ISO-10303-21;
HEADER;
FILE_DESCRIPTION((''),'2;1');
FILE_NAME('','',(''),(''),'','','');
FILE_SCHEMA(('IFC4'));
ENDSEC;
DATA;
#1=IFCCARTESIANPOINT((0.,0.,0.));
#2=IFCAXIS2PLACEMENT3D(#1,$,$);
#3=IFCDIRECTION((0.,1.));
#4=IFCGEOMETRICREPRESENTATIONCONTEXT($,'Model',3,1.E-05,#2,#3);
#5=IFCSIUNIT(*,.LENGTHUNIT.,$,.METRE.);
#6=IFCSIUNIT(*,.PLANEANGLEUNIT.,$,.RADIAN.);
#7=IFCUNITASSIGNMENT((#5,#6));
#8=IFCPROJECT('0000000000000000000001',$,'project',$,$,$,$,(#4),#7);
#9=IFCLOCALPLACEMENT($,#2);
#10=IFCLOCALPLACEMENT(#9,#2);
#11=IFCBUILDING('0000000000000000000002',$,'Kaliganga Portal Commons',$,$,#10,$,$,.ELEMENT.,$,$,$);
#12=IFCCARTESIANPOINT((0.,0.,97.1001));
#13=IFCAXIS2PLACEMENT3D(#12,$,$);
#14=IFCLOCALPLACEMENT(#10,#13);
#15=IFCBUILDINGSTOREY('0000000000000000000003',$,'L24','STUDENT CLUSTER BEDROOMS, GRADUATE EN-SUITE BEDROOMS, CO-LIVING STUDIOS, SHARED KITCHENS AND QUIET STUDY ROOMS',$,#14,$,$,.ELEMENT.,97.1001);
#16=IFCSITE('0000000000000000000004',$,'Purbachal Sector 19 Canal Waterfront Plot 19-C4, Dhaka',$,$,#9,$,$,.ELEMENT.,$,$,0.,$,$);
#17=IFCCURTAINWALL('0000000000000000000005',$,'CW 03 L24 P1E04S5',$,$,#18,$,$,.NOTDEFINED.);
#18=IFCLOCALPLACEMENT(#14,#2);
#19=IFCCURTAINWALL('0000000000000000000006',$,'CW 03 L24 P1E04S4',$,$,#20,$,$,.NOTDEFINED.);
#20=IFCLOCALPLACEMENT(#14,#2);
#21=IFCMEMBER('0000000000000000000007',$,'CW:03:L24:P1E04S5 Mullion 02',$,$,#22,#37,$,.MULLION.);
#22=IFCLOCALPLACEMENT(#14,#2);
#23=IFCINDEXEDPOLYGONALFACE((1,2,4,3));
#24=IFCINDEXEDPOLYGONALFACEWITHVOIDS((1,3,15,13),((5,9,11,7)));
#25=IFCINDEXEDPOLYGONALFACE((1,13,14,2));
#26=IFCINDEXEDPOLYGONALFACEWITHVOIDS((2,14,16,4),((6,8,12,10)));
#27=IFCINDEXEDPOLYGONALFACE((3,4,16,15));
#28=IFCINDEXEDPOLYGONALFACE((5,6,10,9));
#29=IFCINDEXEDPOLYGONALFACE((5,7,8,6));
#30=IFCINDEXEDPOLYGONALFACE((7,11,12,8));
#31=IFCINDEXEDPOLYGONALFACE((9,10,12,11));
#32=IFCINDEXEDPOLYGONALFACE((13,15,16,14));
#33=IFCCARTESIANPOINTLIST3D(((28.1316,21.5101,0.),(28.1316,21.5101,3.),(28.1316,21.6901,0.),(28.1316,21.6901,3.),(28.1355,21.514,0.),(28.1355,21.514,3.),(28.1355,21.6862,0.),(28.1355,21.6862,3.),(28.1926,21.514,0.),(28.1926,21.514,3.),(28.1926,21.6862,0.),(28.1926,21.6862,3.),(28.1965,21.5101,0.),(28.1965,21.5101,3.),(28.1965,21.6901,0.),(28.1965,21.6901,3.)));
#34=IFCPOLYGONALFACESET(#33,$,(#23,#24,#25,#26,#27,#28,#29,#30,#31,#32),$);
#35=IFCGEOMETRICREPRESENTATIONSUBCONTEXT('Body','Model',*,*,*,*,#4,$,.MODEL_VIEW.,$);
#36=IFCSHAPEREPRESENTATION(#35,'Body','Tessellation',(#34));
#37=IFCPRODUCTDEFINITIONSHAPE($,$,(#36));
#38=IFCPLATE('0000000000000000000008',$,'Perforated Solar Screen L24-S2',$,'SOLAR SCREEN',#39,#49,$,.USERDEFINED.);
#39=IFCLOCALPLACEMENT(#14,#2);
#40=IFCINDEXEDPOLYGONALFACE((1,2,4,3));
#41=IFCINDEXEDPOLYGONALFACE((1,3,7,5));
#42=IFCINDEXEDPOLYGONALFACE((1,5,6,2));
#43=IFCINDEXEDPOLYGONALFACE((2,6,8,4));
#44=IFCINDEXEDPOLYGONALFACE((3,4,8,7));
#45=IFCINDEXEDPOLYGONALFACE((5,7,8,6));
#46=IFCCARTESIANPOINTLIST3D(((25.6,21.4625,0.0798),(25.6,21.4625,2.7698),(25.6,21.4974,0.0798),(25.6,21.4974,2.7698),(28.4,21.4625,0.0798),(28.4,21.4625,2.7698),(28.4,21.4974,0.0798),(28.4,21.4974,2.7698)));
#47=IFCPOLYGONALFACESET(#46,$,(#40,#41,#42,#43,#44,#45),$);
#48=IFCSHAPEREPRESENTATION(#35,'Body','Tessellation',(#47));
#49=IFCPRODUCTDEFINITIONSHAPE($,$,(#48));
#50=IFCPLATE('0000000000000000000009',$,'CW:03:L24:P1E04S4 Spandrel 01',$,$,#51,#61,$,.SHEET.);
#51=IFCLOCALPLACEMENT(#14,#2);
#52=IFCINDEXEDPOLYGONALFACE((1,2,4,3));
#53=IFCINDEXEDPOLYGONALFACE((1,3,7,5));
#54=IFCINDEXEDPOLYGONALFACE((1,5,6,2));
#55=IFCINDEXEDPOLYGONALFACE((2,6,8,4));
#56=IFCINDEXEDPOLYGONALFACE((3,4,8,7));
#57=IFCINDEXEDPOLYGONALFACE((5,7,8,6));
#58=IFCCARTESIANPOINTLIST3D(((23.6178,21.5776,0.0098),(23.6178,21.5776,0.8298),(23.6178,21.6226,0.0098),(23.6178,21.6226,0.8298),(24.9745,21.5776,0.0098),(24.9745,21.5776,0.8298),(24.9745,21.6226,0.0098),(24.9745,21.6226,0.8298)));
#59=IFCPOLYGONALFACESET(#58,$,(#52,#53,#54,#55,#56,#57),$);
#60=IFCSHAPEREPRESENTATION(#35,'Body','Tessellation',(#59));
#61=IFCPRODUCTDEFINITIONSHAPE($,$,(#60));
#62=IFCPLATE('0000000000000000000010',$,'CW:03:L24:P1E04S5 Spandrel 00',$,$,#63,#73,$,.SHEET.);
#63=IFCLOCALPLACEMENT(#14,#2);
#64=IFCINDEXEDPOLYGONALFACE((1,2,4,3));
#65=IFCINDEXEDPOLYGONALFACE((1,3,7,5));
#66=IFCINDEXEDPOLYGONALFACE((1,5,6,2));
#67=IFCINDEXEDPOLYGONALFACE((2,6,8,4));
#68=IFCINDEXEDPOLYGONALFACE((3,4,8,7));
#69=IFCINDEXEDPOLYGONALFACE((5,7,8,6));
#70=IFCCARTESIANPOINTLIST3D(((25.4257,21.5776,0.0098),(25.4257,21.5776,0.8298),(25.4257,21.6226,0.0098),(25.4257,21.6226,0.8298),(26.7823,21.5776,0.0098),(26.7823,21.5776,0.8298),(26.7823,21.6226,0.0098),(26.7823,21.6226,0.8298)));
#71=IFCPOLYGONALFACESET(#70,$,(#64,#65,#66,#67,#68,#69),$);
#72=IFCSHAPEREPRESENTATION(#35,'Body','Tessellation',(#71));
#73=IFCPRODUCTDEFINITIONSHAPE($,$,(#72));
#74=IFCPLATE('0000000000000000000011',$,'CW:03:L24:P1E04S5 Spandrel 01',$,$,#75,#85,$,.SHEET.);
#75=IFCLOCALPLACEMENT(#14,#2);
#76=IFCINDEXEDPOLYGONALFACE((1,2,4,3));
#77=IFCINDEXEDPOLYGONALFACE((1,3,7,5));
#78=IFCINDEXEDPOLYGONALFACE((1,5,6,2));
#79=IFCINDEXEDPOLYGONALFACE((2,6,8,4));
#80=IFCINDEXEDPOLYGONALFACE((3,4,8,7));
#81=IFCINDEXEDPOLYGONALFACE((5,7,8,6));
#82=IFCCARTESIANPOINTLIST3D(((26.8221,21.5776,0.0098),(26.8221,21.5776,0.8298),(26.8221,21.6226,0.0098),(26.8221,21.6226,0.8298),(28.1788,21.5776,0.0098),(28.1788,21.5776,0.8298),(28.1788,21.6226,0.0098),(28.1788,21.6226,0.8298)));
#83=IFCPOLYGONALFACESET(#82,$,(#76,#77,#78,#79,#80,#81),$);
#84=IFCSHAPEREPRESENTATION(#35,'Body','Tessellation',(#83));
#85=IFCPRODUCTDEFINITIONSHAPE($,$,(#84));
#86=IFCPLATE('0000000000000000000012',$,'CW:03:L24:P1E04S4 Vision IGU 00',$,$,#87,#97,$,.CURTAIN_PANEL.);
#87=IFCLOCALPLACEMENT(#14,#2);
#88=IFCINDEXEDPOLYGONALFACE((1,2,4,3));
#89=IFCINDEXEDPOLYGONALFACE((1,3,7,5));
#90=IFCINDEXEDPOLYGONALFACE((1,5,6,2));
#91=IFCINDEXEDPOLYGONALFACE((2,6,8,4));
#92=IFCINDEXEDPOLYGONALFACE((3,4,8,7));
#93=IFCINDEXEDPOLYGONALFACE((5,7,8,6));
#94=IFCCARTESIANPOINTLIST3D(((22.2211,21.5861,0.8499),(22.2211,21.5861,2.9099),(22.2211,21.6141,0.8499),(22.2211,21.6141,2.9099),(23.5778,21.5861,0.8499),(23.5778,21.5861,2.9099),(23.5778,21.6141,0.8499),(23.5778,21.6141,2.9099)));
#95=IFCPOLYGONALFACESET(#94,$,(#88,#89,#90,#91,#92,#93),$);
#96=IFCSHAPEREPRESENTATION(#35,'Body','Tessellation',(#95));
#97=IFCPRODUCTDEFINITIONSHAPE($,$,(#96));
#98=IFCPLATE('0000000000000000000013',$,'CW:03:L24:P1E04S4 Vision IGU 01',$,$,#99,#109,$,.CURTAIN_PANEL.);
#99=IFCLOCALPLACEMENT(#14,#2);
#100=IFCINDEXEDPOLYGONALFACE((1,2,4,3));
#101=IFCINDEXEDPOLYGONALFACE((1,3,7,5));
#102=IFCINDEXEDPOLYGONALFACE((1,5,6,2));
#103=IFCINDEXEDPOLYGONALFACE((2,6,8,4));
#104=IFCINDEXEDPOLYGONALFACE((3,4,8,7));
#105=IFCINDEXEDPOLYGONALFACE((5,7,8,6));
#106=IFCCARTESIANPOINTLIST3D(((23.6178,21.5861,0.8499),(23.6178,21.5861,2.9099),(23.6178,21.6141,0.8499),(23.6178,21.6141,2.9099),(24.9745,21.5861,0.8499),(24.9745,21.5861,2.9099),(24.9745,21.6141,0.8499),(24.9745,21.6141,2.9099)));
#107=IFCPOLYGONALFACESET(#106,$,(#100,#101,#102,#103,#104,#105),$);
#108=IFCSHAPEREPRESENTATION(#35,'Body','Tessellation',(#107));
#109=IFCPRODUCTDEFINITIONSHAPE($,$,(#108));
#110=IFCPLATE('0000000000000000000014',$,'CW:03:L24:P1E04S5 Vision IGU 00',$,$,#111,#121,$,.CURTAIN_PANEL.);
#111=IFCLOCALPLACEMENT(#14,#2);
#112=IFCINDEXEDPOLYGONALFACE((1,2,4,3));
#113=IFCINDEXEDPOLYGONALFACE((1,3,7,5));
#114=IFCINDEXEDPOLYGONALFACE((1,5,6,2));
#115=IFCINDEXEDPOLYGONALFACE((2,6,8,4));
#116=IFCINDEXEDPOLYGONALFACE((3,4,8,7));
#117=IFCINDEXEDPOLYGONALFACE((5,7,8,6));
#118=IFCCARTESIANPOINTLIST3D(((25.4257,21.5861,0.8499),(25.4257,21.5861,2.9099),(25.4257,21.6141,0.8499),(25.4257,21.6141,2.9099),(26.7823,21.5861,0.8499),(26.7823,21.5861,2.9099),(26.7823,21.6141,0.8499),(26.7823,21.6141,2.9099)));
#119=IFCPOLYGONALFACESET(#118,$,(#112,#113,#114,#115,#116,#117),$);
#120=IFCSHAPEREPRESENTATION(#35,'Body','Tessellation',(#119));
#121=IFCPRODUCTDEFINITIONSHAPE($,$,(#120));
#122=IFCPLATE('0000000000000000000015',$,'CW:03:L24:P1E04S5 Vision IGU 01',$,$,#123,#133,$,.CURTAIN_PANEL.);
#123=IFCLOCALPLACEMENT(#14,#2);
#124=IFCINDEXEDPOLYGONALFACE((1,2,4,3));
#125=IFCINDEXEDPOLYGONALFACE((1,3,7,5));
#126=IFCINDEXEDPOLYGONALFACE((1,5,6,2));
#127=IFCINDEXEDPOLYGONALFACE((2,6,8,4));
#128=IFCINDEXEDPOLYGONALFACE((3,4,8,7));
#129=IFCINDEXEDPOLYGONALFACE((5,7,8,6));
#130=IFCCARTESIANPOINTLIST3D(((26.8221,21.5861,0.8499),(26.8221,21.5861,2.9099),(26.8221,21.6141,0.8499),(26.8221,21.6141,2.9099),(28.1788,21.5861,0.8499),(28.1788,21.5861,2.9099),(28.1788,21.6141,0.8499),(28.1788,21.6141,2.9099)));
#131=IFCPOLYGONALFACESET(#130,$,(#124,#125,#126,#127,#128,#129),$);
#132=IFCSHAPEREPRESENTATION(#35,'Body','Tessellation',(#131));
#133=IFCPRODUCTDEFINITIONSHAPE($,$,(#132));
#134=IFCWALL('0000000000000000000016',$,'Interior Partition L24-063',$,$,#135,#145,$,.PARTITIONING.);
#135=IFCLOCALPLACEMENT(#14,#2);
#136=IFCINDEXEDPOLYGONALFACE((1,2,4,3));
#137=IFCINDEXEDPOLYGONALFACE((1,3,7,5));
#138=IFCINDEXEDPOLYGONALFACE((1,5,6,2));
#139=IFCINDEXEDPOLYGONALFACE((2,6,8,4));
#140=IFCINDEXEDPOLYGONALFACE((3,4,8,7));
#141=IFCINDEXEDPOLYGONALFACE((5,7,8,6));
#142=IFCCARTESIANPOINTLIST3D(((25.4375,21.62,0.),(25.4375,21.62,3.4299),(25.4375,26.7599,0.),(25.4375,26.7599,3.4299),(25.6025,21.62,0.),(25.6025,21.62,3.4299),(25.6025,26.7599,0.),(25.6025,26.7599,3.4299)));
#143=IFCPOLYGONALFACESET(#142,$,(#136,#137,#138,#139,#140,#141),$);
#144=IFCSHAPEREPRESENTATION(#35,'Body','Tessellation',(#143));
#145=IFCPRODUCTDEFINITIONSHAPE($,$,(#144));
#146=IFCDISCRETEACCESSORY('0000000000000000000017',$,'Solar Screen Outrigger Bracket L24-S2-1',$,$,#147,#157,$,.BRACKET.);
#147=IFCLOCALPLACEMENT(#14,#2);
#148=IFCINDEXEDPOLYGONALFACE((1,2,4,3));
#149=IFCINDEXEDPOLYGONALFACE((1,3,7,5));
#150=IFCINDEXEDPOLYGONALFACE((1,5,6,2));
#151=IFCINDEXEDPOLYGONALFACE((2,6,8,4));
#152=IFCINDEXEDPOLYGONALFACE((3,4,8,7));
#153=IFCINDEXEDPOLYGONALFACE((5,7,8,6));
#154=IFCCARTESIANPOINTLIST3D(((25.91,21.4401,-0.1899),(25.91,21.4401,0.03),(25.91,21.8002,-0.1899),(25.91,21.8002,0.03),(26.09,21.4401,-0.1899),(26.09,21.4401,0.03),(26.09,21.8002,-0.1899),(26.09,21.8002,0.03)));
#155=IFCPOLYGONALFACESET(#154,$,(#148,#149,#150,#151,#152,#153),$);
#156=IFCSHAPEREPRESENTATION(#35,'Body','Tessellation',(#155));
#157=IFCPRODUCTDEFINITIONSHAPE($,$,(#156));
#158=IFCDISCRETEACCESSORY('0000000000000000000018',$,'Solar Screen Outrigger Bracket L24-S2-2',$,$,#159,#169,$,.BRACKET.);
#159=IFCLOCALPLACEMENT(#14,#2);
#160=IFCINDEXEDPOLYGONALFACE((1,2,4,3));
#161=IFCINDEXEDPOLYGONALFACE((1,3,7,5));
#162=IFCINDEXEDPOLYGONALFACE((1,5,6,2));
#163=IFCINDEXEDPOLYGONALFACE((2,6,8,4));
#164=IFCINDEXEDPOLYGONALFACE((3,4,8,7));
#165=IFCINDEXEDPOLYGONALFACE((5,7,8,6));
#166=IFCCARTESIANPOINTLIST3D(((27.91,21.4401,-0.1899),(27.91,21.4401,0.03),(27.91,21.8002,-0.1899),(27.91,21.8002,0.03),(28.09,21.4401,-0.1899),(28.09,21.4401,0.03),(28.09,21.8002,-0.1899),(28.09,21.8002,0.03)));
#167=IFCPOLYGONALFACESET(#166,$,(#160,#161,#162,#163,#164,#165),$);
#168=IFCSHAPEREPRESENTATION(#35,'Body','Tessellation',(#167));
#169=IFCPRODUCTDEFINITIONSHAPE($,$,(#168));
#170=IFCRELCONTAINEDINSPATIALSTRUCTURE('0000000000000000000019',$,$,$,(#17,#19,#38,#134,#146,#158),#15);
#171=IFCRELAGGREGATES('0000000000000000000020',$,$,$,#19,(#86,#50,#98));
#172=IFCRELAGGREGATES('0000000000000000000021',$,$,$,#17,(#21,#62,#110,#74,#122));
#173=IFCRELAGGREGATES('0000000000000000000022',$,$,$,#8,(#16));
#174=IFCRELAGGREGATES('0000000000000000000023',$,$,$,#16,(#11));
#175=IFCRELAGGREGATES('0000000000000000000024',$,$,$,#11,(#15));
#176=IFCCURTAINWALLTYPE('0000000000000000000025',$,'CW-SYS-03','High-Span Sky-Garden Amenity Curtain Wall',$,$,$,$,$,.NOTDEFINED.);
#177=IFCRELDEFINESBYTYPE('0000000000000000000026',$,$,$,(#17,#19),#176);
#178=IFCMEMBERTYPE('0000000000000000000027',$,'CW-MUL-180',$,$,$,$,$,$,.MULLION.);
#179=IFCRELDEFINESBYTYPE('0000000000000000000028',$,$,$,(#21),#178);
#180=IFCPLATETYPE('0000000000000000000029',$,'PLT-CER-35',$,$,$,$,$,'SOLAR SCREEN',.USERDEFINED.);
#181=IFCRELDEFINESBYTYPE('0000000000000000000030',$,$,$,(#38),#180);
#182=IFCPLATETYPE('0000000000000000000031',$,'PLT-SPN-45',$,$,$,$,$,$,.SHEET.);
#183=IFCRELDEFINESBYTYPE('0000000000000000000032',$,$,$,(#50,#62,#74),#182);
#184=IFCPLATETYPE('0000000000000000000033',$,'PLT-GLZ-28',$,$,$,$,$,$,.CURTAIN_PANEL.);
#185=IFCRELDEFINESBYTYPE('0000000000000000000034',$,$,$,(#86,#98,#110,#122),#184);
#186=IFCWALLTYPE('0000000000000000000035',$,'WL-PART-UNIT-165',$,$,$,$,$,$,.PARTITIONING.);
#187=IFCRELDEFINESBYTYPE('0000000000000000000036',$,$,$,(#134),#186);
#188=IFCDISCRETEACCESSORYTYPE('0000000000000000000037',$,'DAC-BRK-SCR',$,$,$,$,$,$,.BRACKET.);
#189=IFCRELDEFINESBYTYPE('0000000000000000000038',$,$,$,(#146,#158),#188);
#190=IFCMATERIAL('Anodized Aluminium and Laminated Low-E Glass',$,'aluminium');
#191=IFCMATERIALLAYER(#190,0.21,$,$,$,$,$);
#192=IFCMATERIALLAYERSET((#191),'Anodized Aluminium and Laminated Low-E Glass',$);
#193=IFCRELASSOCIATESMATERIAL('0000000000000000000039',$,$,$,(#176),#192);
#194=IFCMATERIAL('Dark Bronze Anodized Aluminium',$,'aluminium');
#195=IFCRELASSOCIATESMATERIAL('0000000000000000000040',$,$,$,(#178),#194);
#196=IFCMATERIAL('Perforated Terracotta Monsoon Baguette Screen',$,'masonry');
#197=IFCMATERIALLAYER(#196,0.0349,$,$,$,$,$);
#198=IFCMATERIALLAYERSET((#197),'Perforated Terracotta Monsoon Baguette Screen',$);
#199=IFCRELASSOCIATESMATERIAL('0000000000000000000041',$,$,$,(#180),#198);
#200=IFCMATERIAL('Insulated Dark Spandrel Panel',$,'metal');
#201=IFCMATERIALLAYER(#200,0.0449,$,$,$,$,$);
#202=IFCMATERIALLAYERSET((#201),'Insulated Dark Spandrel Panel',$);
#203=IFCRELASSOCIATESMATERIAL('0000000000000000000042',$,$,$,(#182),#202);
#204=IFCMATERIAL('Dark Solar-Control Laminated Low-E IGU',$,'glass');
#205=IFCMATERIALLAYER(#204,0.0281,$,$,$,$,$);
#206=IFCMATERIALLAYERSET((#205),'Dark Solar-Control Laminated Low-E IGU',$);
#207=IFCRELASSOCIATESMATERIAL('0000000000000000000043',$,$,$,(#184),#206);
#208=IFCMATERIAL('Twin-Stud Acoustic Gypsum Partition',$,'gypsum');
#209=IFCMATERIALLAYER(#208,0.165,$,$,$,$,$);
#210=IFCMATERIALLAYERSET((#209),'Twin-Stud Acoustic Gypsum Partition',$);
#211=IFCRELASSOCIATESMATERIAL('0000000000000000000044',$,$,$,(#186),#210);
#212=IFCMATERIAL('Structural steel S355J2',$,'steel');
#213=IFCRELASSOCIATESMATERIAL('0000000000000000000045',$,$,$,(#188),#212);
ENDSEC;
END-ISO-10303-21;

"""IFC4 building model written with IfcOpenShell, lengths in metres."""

from ifc_helpers import new_model, si_unit, direction, frame, frame_2d, origin, origin_2d, place, context, subcontext, project, spatial, rectangle, hollow_rectangle, extrude, source, transform, mapped, material, layer, layer_set, material_profile, profile_set, type_object, element, aggregate, save


model = new_model("IFC4")

# Units and contexts
model_context = context("Model", 3, precision=1e-05, world=origin(), true_north=direction((0.0, 1.0)))
body_context = subcontext(model_context, "Body", "Model", "MODEL_VIEW")
ifc_project = project(units=[si_unit("LENGTHUNIT", "METRE"), si_unit("PLANEANGLEUNIT", "RADIAN")], contexts=[model_context])

# Site, building, storey
site_placement = place(None, origin())
site = spatial("IfcSite", under=ifc_project, at=site_placement, Name="Purbachal Sector 19 Canal Waterfront Plot 19-C4, Dhaka", CompositionType="ELEMENT", RefElevation=0.0)
building_placement = place(site_placement, origin())
building = spatial("IfcBuilding", under=site, at=building_placement, Name="Kaliganga Portal Commons", CompositionType="ELEMENT")
storey_placement = place(building_placement, frame((0.0, 0.0, 97.1001)))
storey = spatial("IfcBuildingStorey", under=building, at=storey_placement, Name="L24", Description="STUDENT CLUSTER BEDROOMS, GRADUATE EN-SUITE BEDROOMS, CO-LIVING STUDIOS, SHARED KITCHENS AND QUIET STUDY ROOMS", CompositionType="ELEMENT", Elevation=97.1001)

# Shared definitions
ifc_material_1 = material(Name="Structural steel S355J2", Category="steel")

# Curtain walls
ifc_material_2 = material(Name="Anodized Aluminium and Laminated Low-E Glass", Category="aluminium")
ifc_layer_1 = layer(ifc_material_2, 0.21)
ifc_layer_set_1 = layer_set([ifc_layer_1], Name="Anodized Aluminium and Laminated Low-E Glass")
curtain_wall_type = type_object("IfcCurtainWallType", Name="CW-SYS-03", Description="High-Span Sky-Garden Amenity Curtain Wall", PredefinedType="NOTDEFINED", material=ifc_layer_set_1)
curtain_wall_1_placement = place(storey_placement, origin())
curtain_wall_1 = element("IfcCurtainWall", 1, at=curtain_wall_1_placement, inside=storey, type_object=curtain_wall_type, Name="CW 03 L24 P1E04S5", PredefinedType="NOTDEFINED")
ifc_material_3 = material(Name="Dark Bronze Anodized Aluminium", Category="aluminium")
curtain_wall_2_placement = place(storey_placement, origin())
curtain_wall_2 = element("IfcCurtainWall", 2, at=curtain_wall_2_placement, inside=storey, type_object=curtain_wall_type, Name="CW 03 L24 P1E04S4", PredefinedType="NOTDEFINED")
ifc_material_profile_1 = material_profile(ifc_material_3, hollow_rectangle(XDim=0.0649, YDim=0.1799, WallThickness=0.0039, at=origin_2d()), Name="ALU MULL 65x180x4")
ifc_profile_set_1 = profile_set([ifc_material_profile_1], Name="Dark Bronze Anodized Aluminium")
member_type_1 = type_object("IfcMemberType", Name="CW-MUL-180", PredefinedType="MULLION", material=ifc_profile_set_1)
shared_shape_1 = source(origin(), body_context, "Body", "SweptSolid", [
    extrude(hollow_rectangle(XDim=0.0649, YDim=0.1799, WallThickness=0.0039, at=origin_2d()), origin(), (0.0, 0.0, 1.0), 3.0),
])

# Member
member_1_placement = place(storey_placement, frame((28.1641, 21.6001, 0.0), z_axis=(0.0, 0.0, 1.0), x_axis=(1.0, 0.0, 0.0)))
member_1 = element("IfcMember", 3, at=member_1_placement, type_object=member_type_1, Name="CW:03:L24:P1E04S5 Mullion 02", PredefinedType="MULLION", context=body_context, shape_type="MappedRepresentation", body=[
    mapped(shared_shape_1, transform((0.0, 0.0, 0.0), x_axis=(1.0, 0.0, 0.0), y_axis=(0.0, 1.0, 0.0), z_axis=(0.0, 0.0, 1.0), scale=1.0)),
])

# Plates
ifc_material_4 = material(Name="Perforated Terracotta Monsoon Baguette Screen", Category="masonry")
ifc_layer_2 = layer(ifc_material_4, 0.0349)
ifc_layer_set_2 = layer_set([ifc_layer_2], Name="Perforated Terracotta Monsoon Baguette Screen")
plate_type_1 = type_object("IfcPlateType", Name="PLT-CER-35", ElementType="SOLAR SCREEN", PredefinedType="USERDEFINED", material=ifc_layer_set_2)
shared_shape_2 = source(origin(), body_context, "Body", "SweptSolid", [
    extrude(rectangle(XDim=2.8, YDim=0.0349, at=origin_2d()), origin(), (0.0, 0.0, 1.0), 2.6899),
])
plate_1_placement = place(storey_placement, frame((27.0, 21.48, 0.0798), z_axis=(0.0, 0.0, 1.0), x_axis=(1.0, 0.0, 0.0)))
element("IfcPlate", 4, at=plate_1_placement, inside=storey, type_object=plate_type_1, Name="Perforated Solar Screen L24-S2", ObjectType="SOLAR SCREEN", PredefinedType="USERDEFINED", context=body_context, shape_type="MappedRepresentation", body=[
    mapped(shared_shape_2, transform((0.0, 0.0, 0.0), x_axis=(1.0, 0.0, 0.0), y_axis=(0.0, 1.0, 0.0), z_axis=(0.0, 0.0, 1.0), scale=1.0)),
])
ifc_material_5 = material(Name="Insulated Dark Spandrel Panel", Category="metal")
ifc_layer_3 = layer(ifc_material_5, 0.0449)
ifc_layer_set_3 = layer_set([ifc_layer_3], Name="Insulated Dark Spandrel Panel")
plate_type_2 = type_object("IfcPlateType", Name="PLT-SPN-45", PredefinedType="SHEET", material=ifc_layer_set_3)
shared_shape_3 = source(origin(), body_context, "Body", "SweptSolid", [
    extrude(rectangle(XDim=1.3567, YDim=0.0449, at=origin_2d()), origin(), (0.0, 0.0, 1.0), 0.8201),
])
plate_2_placement = place(storey_placement, frame((24.2961, 21.6001, 0.0098), z_axis=(0.0, 0.0, 1.0), x_axis=(1.0, 0.0, 0.0)))
plate_2 = element("IfcPlate", 5, at=plate_2_placement, type_object=plate_type_2, Name="CW:03:L24:P1E04S4 Spandrel 01", PredefinedType="SHEET", context=body_context, shape_type="MappedRepresentation", body=[
    mapped(shared_shape_3, transform((0.0, 0.0, 0.0), x_axis=(1.0, 0.0, 0.0), y_axis=(0.0, 1.0, 0.0), z_axis=(0.0, 0.0, 1.0), scale=1.0)),
])
plate_3_placement = place(storey_placement, frame((26.104, 21.6001, 0.0098), z_axis=(0.0, 0.0, 1.0), x_axis=(1.0, 0.0, 0.0)))
plate_3 = element("IfcPlate", 6, at=plate_3_placement, type_object=plate_type_2, Name="CW:03:L24:P1E04S5 Spandrel 00", PredefinedType="SHEET", context=body_context, shape_type="MappedRepresentation", body=[
    mapped(shared_shape_3, transform((0.0, 0.0, 0.0), x_axis=(1.0, 0.0, 0.0), y_axis=(0.0, 1.0, 0.0), z_axis=(0.0, 0.0, 1.0), scale=1.0)),
])
plate_4_placement = place(storey_placement, frame((27.5005, 21.6001, 0.0098), z_axis=(0.0, 0.0, 1.0), x_axis=(1.0, 0.0, 0.0)))
plate_4 = element("IfcPlate", 7, at=plate_4_placement, type_object=plate_type_2, Name="CW:03:L24:P1E04S5 Spandrel 01", PredefinedType="SHEET", context=body_context, shape_type="MappedRepresentation", body=[
    mapped(shared_shape_3, transform((0.0, 0.0, 0.0), x_axis=(1.0, 0.0, 0.0), y_axis=(0.0, 1.0, 0.0), z_axis=(0.0, 0.0, 1.0), scale=1.0)),
])
ifc_material_6 = material(Name="Dark Solar-Control Laminated Low-E IGU", Category="glass")
ifc_layer_4 = layer(ifc_material_6, 0.0281)
ifc_layer_set_4 = layer_set([ifc_layer_4], Name="Dark Solar-Control Laminated Low-E IGU")
plate_type_3 = type_object("IfcPlateType", Name="PLT-GLZ-28", PredefinedType="CURTAIN_PANEL", material=ifc_layer_set_4)
shared_shape_4 = source(origin(), body_context, "Body", "SweptSolid", [
    extrude(rectangle(XDim=1.3567, YDim=0.0281, at=origin_2d()), origin(), (0.0, 0.0, 1.0), 2.0601),
])
plate_5_placement = place(storey_placement, frame((22.8994, 21.6001, 0.8499), z_axis=(0.0, 0.0, 1.0), x_axis=(1.0, 0.0, 0.0)))
plate_5 = element("IfcPlate", 8, at=plate_5_placement, type_object=plate_type_3, Name="CW:03:L24:P1E04S4 Vision IGU 00", PredefinedType="CURTAIN_PANEL", context=body_context, shape_type="MappedRepresentation", body=[
    mapped(shared_shape_4, transform((0.0, 0.0, 0.0), x_axis=(1.0, 0.0, 0.0), y_axis=(0.0, 1.0, 0.0), z_axis=(0.0, 0.0, 1.0), scale=1.0)),
])
plate_6_placement = place(storey_placement, frame((24.2961, 21.6001, 0.8499), z_axis=(0.0, 0.0, 1.0), x_axis=(1.0, 0.0, 0.0)))
plate_6 = element("IfcPlate", 9, at=plate_6_placement, type_object=plate_type_3, Name="CW:03:L24:P1E04S4 Vision IGU 01", PredefinedType="CURTAIN_PANEL", context=body_context, shape_type="MappedRepresentation", body=[
    mapped(shared_shape_4, transform((0.0, 0.0, 0.0), x_axis=(1.0, 0.0, 0.0), y_axis=(0.0, 1.0, 0.0), z_axis=(0.0, 0.0, 1.0), scale=1.0)),
])
aggregate(curtain_wall_2, [plate_5, plate_2, plate_6])
plate_7_placement = place(storey_placement, frame((26.104, 21.6001, 0.8499), z_axis=(0.0, 0.0, 1.0), x_axis=(1.0, 0.0, 0.0)))
plate_7 = element("IfcPlate", 10, at=plate_7_placement, type_object=plate_type_3, Name="CW:03:L24:P1E04S5 Vision IGU 00", PredefinedType="CURTAIN_PANEL", context=body_context, shape_type="MappedRepresentation", body=[
    mapped(shared_shape_4, transform((0.0, 0.0, 0.0), x_axis=(1.0, 0.0, 0.0), y_axis=(0.0, 1.0, 0.0), z_axis=(0.0, 0.0, 1.0), scale=1.0)),
])
plate_8_placement = place(storey_placement, frame((27.5005, 21.6001, 0.8499), z_axis=(0.0, 0.0, 1.0), x_axis=(1.0, 0.0, 0.0)))
plate_8 = element("IfcPlate", 11, at=plate_8_placement, type_object=plate_type_3, Name="CW:03:L24:P1E04S5 Vision IGU 01", PredefinedType="CURTAIN_PANEL", context=body_context, shape_type="MappedRepresentation", body=[
    mapped(shared_shape_4, transform((0.0, 0.0, 0.0), x_axis=(1.0, 0.0, 0.0), y_axis=(0.0, 1.0, 0.0), z_axis=(0.0, 0.0, 1.0), scale=1.0)),
])
aggregate(curtain_wall_1, [member_1, plate_3, plate_7, plate_4, plate_8])

# Wall
ifc_material_7 = material(Name="Twin-Stud Acoustic Gypsum Partition", Category="gypsum")
ifc_layer_5 = layer(ifc_material_7, 0.165)
ifc_layer_set_5 = layer_set([ifc_layer_5], Name="Twin-Stud Acoustic Gypsum Partition")
wall_type = type_object("IfcWallType", Name="WL-PART-UNIT-165", PredefinedType="PARTITIONING", material=ifc_layer_set_5)
wall_placement = place(storey_placement, frame((25.52, 21.6201, 0.0), z_axis=(0.0, 0.0, 1.0), x_axis=(0.0, 1.0, 0.0)))
element("IfcWall", 12, at=wall_placement, inside=storey, type_object=wall_type, Name="Interior Partition L24-063", PredefinedType="PARTITIONING", context=body_context, shape_type="SweptSolid", body=[
    extrude(rectangle(XDim=5.1399, YDim=0.165, at=frame_2d((2.5698, 0.0))), origin(), (0.0, 0.0, 1.0), 3.4299),
])

# Discrete accessories
discrete_accessory_type = type_object("IfcDiscreteAccessoryType", Name="DAC-BRK-SCR", PredefinedType="BRACKET", material=ifc_material_1)
shared_shape_5 = source(origin(), body_context, "Body", "SweptSolid", [
    extrude(rectangle(XDim=0.1799, YDim=0.3601, at=origin_2d()), origin(), (0.0, 0.0, 1.0), 0.22),
])
for number, where, z_axis, x_axis, name in (
    (13, (26.0, 21.6201, -0.1899), (0.0, 0.0, 1.0), (1.0, 0.0, 0.0), "Solar Screen Outrigger Bracket L24-S2-1"),
    (14, (28.0, 21.6201, -0.1899), (0.0, 0.0, 1.0), (1.0, 0.0, 0.0), "Solar Screen Outrigger Bracket L24-S2-2"),
):
    element("IfcDiscreteAccessory", number, at=place(storey_placement, frame(where, z_axis=z_axis, x_axis=x_axis)), inside=storey, type_object=discrete_accessory_type, Name=name, PredefinedType="BRACKET", context=body_context, shape_type="MappedRepresentation", body=[
        mapped(shared_shape_5, transform((0.0, 0.0, 0.0), x_axis=(1.0, 0.0, 0.0), y_axis=(0.0, 1.0, 0.0), z_axis=(0.0, 0.0, 1.0), scale=1.0)),
    ])

save(model, "model.ifc")
